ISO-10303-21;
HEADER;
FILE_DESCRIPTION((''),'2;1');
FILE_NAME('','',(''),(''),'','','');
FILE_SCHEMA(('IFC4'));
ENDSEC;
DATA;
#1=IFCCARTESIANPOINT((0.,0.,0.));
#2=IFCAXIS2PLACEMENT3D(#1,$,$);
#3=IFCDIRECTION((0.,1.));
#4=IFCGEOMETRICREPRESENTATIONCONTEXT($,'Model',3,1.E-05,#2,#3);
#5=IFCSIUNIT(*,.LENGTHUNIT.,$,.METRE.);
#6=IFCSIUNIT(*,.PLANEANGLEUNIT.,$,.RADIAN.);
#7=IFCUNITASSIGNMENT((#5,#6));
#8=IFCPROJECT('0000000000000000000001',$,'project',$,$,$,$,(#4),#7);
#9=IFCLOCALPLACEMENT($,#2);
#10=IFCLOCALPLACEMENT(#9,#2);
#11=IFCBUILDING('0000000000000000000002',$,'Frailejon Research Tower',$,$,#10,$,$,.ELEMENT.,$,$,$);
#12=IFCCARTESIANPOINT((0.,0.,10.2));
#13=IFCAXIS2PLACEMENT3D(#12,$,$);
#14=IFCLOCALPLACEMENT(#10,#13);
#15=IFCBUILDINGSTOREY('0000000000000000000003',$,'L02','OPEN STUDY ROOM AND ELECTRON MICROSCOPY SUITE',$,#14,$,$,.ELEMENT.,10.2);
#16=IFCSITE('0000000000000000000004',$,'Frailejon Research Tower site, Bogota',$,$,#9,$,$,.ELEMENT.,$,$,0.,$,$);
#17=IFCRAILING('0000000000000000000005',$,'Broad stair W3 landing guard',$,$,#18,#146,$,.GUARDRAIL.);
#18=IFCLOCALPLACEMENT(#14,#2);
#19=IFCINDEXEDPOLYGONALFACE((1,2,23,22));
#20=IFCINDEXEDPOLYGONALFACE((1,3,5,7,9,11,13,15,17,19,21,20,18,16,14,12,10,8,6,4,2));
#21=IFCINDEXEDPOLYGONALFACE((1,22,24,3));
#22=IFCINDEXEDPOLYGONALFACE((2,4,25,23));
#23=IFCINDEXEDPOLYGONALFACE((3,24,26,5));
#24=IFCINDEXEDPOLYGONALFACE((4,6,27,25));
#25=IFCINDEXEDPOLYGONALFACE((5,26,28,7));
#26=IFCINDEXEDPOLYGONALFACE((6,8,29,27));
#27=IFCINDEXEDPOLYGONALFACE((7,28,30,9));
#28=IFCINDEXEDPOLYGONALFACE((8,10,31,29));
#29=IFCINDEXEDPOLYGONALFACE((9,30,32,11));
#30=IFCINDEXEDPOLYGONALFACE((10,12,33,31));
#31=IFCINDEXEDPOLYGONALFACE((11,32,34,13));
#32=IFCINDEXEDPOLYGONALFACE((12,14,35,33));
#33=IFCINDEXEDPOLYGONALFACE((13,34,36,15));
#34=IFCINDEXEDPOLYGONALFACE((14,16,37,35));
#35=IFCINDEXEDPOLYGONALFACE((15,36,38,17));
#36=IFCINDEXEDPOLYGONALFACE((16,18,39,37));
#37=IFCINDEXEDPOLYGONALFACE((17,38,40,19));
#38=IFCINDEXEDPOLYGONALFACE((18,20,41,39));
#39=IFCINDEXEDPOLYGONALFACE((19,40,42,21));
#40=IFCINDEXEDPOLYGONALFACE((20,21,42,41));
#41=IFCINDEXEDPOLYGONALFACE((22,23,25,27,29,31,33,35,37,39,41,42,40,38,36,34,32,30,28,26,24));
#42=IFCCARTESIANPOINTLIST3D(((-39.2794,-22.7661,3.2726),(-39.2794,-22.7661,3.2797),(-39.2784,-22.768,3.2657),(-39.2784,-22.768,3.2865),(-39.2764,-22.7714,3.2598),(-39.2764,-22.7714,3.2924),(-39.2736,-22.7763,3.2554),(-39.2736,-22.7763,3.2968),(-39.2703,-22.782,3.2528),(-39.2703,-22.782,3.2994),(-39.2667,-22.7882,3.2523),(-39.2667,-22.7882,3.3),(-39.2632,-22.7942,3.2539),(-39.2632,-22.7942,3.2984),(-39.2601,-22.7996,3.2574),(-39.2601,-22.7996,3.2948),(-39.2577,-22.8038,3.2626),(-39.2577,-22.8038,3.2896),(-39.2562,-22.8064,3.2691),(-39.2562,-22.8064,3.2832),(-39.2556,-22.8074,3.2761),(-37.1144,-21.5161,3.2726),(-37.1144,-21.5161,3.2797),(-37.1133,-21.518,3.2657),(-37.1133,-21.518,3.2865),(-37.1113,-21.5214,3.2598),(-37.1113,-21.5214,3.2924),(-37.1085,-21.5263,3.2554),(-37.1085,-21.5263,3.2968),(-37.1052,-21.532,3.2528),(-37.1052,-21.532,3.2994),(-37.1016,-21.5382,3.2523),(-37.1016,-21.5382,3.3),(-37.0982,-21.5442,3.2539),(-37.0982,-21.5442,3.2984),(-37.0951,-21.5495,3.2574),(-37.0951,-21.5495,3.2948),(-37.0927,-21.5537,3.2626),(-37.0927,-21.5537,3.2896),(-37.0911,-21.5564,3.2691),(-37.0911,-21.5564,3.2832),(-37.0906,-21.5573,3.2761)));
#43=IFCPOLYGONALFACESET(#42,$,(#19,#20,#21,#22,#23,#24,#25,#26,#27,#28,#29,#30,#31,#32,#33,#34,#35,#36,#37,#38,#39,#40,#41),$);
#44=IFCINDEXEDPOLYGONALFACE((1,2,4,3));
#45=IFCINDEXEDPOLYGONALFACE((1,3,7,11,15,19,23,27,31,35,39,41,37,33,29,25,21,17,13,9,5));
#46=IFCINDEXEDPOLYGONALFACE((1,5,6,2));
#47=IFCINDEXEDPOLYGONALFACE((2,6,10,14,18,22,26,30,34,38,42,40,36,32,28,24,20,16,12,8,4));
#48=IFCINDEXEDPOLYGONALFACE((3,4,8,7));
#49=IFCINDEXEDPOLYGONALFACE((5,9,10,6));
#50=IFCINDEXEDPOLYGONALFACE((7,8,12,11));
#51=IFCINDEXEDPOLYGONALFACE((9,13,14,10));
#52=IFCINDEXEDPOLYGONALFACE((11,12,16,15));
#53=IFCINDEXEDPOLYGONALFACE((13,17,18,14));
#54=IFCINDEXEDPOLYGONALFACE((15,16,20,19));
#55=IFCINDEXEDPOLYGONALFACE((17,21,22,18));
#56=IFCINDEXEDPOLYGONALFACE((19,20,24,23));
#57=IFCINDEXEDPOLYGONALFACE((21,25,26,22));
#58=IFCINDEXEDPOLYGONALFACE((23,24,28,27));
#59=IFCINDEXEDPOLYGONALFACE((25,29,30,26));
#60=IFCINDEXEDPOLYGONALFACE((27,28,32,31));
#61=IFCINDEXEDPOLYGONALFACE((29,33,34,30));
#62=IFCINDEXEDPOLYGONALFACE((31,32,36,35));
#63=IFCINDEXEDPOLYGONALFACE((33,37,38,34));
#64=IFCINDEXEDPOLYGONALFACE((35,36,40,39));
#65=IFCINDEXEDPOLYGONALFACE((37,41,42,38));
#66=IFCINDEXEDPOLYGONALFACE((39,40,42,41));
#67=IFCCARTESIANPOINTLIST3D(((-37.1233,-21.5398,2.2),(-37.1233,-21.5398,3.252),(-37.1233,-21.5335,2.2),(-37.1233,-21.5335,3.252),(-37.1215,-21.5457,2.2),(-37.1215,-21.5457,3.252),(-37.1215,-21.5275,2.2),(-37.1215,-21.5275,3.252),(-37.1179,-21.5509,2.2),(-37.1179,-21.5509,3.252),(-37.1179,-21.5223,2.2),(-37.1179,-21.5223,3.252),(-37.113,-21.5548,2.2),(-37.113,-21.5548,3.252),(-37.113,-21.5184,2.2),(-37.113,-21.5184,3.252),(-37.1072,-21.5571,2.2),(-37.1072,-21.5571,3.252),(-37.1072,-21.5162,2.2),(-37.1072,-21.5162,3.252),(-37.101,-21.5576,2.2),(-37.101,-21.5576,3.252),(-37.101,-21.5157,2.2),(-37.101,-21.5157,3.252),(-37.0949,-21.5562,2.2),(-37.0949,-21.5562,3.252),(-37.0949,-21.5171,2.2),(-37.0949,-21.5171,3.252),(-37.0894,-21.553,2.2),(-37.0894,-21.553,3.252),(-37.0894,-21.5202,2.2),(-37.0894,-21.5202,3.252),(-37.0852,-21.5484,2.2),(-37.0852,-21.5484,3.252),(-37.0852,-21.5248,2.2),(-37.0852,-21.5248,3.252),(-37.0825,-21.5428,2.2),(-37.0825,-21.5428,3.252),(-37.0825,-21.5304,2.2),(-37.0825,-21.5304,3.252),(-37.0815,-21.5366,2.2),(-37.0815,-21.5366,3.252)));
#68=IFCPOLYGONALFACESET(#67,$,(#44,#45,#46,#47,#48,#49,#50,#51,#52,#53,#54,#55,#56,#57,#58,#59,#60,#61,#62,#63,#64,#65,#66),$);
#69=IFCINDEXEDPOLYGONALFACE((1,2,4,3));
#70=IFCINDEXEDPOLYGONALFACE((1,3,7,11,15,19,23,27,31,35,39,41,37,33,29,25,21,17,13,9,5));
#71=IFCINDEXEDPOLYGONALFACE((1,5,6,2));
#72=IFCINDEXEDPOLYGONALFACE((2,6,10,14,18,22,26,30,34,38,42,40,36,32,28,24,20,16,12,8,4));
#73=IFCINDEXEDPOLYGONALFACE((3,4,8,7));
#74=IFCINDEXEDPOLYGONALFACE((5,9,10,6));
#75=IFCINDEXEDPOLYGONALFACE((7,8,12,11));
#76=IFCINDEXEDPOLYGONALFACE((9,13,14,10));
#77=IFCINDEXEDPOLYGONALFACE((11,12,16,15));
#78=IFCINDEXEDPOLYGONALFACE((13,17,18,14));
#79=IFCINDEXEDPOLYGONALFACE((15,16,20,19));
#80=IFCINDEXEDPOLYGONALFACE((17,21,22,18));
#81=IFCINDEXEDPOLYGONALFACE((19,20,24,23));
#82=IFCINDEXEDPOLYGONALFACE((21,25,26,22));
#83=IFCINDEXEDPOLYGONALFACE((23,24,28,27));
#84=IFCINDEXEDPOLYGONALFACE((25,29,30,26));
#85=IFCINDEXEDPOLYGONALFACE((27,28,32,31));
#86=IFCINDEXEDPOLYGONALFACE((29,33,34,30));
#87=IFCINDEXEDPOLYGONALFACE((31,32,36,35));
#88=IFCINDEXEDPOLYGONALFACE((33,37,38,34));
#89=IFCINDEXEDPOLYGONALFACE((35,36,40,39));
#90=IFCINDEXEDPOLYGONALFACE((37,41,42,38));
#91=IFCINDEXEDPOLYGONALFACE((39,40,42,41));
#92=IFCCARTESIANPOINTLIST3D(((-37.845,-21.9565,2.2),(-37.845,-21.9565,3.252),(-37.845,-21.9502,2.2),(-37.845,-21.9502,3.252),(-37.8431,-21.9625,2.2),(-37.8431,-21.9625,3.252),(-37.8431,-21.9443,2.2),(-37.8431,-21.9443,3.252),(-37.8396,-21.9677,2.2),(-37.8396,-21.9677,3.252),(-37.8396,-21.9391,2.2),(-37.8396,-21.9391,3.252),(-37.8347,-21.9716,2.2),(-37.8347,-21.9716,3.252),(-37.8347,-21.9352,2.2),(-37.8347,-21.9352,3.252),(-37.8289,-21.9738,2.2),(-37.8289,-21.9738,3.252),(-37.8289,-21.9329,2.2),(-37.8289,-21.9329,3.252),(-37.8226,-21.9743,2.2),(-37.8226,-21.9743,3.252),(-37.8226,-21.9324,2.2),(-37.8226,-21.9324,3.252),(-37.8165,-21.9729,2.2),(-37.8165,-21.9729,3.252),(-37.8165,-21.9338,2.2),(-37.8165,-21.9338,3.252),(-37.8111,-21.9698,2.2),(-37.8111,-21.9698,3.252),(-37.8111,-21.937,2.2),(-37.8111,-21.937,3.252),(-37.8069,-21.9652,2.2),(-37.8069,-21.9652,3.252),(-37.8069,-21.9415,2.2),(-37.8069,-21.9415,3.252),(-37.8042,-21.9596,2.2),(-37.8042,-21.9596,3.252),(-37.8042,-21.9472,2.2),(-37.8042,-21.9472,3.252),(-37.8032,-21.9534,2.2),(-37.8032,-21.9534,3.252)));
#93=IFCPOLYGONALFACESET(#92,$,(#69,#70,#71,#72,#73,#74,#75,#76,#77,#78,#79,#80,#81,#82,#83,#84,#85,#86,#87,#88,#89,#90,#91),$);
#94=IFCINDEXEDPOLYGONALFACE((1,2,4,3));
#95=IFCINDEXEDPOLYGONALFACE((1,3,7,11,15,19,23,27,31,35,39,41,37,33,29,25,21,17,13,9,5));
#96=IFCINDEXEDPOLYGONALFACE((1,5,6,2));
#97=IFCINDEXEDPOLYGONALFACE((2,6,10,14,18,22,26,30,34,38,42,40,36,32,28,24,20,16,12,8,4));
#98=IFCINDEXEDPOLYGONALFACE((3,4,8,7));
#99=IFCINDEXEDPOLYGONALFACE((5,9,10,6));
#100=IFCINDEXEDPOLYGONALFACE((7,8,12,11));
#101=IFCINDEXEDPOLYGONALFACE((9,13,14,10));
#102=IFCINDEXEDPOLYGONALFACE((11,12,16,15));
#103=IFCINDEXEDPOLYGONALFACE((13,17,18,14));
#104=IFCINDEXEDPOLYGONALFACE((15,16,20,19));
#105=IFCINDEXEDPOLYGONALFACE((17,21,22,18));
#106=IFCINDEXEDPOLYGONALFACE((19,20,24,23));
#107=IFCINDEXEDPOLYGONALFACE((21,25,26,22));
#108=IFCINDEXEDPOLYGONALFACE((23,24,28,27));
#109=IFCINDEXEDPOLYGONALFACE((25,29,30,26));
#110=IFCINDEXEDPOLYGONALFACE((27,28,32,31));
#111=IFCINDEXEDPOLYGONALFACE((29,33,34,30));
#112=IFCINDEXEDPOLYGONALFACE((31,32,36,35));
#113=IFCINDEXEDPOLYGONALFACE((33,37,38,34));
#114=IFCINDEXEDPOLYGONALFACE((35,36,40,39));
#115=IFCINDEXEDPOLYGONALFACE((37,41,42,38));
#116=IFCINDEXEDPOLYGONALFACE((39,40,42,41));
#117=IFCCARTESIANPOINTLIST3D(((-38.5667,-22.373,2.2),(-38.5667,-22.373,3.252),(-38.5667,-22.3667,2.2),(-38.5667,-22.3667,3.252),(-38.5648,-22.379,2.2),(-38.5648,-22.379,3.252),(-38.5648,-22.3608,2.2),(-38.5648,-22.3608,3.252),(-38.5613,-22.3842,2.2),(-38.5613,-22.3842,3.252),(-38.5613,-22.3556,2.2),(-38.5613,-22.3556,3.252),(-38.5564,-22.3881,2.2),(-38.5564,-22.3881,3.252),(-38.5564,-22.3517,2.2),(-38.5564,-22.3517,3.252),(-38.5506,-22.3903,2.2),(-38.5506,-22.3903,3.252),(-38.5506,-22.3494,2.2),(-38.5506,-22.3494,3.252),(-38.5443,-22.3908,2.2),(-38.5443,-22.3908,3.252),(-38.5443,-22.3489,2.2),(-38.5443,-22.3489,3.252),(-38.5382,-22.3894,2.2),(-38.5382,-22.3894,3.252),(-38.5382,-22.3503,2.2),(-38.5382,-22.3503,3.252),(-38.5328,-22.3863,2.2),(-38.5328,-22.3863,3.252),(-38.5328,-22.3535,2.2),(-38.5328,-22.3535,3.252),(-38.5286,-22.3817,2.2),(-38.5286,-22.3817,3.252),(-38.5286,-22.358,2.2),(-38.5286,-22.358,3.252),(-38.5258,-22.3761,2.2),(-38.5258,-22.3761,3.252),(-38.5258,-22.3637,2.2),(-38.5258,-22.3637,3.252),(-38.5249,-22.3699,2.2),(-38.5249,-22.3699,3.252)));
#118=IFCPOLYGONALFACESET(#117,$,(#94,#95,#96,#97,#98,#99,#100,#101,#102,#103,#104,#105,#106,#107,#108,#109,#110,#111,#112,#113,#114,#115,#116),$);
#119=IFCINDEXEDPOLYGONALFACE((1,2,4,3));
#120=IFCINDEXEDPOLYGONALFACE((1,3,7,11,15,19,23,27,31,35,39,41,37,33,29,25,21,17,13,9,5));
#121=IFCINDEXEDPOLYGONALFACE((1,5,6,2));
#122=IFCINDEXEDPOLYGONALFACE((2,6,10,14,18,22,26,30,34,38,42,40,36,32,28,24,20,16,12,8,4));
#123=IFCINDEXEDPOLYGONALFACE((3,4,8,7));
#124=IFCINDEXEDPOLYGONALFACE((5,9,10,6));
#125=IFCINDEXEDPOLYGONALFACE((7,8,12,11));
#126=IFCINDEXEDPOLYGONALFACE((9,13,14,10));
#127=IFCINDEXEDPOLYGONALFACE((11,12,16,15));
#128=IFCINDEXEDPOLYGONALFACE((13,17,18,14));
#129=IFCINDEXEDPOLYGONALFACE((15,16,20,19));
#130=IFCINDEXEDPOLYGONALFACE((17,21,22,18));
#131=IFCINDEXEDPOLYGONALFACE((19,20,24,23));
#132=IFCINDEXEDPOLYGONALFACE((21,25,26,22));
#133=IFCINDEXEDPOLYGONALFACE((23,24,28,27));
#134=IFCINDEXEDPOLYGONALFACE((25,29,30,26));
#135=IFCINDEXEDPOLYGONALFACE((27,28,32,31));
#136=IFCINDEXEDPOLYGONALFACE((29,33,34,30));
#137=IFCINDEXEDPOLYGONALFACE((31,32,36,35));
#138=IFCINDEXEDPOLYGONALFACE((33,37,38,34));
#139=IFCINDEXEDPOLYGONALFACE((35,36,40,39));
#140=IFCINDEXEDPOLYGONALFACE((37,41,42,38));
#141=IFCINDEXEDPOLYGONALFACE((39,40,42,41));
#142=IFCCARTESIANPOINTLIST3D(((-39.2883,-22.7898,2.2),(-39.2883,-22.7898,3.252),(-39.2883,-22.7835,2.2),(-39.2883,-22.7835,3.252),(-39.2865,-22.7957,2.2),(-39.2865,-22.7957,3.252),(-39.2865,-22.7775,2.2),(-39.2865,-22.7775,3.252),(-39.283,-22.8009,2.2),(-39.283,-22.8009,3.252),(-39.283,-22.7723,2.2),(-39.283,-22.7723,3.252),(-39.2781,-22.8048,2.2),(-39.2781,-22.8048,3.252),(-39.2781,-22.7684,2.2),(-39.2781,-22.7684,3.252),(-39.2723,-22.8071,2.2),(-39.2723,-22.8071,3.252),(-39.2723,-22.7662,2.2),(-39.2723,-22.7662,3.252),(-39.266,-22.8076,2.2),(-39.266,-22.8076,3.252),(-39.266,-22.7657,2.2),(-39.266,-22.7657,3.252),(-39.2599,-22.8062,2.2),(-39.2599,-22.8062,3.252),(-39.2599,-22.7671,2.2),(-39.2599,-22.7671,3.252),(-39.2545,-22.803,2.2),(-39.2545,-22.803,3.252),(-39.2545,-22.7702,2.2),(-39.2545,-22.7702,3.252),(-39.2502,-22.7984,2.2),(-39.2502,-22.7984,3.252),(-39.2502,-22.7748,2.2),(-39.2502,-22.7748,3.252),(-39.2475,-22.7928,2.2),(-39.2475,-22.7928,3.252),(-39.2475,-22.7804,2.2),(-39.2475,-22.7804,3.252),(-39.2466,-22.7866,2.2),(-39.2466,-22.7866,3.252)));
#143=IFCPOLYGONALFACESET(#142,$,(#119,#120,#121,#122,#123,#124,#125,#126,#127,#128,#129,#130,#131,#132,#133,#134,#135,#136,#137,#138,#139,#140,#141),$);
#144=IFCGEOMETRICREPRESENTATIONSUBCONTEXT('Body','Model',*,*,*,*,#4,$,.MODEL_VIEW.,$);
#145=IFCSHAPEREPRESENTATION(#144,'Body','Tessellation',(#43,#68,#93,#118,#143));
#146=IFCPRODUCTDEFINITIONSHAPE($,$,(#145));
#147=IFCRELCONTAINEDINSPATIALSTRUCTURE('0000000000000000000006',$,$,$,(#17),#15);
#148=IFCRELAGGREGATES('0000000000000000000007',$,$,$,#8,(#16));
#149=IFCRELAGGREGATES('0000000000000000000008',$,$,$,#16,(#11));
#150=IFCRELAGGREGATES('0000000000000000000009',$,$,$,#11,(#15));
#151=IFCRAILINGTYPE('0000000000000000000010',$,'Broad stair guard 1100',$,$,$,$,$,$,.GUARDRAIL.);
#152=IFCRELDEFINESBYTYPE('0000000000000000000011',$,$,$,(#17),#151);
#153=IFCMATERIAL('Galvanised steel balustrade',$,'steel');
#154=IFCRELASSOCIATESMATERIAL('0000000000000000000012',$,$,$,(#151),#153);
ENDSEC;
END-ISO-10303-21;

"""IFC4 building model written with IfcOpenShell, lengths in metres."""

from ifc_helpers import new_model, si_unit, direction, frame, origin, origin_2d, place, context, subcontext, project, spatial, circle, extrude, material, type_object, element, save


model = new_model("IFC4")

# Units and contexts
model_context = context("Model", 3, precision=1e-05, world=origin(), true_north=direction((0.0, 1.0)))
body_context = subcontext(model_context, "Body", "Model", "MODEL_VIEW")
ifc_project = project(units=[si_unit("LENGTHUNIT", "METRE"), si_unit("PLANEANGLEUNIT", "RADIAN")], contexts=[model_context])

# Site, building, storey
site_placement = place(None, origin())
site = spatial("IfcSite", under=ifc_project, at=site_placement, Name="Frailejon Research Tower site, Bogota", CompositionType="ELEMENT", RefElevation=0.0)
building_placement = place(site_placement, origin())
building = spatial("IfcBuilding", under=site, at=building_placement, Name="Frailejon Research Tower", CompositionType="ELEMENT")
storey_placement = place(building_placement, frame((0.0, 0.0, 10.2)))
storey = spatial("IfcBuildingStorey", under=building, at=storey_placement, Name="L02", Description="OPEN STUDY ROOM AND ELECTRON MICROSCOPY SUITE", CompositionType="ELEMENT", Elevation=10.2)

# Railing
ifc_material_1 = material(Name="Galvanised steel balustrade", Category="steel")
railing_type_1 = type_object("IfcRailingType", Name="Broad stair guard 1100", PredefinedType="GUARDRAIL", material=ifc_material_1)
railing_1_placement = place(storey_placement, frame((-37.1025, -21.5366, 2.2)))
element("IfcRailing", 1, at=railing_1_placement, inside=storey, type_object=railing_type_1, Name="Broad stair W3 landing guard", PredefinedType="GUARDRAIL", context=body_context, shape_type="SweptSolid", body=[
    extrude(circle(Radius=0.0239, at=origin_2d()), frame((0.0, 0.0, 1.0762), z_axis=(-0.866023, -0.500004, 0.0), x_axis=(0.500004, -0.866023, 0.0)), (0.0, 0.0, 1.0), 2.5),
    extrude(circle(Radius=0.021, at=origin_2d()), origin(), (0.0, 0.0, 1.0), 1.052),
    extrude(circle(Radius=0.021, at=origin_2d()), frame((-0.7217, -0.4167, 0.0)), (0.0, 0.0, 1.0), 1.052),
    extrude(circle(Radius=0.021, at=origin_2d()), frame((-1.4434, -0.8333, 0.0)), (0.0, 0.0, 1.0), 1.052),
    extrude(circle(Radius=0.021, at=origin_2d()), frame((-2.165, -1.25, 0.0)), (0.0, 0.0, 1.0), 1.052),
])

save(model, "model.ifc")
